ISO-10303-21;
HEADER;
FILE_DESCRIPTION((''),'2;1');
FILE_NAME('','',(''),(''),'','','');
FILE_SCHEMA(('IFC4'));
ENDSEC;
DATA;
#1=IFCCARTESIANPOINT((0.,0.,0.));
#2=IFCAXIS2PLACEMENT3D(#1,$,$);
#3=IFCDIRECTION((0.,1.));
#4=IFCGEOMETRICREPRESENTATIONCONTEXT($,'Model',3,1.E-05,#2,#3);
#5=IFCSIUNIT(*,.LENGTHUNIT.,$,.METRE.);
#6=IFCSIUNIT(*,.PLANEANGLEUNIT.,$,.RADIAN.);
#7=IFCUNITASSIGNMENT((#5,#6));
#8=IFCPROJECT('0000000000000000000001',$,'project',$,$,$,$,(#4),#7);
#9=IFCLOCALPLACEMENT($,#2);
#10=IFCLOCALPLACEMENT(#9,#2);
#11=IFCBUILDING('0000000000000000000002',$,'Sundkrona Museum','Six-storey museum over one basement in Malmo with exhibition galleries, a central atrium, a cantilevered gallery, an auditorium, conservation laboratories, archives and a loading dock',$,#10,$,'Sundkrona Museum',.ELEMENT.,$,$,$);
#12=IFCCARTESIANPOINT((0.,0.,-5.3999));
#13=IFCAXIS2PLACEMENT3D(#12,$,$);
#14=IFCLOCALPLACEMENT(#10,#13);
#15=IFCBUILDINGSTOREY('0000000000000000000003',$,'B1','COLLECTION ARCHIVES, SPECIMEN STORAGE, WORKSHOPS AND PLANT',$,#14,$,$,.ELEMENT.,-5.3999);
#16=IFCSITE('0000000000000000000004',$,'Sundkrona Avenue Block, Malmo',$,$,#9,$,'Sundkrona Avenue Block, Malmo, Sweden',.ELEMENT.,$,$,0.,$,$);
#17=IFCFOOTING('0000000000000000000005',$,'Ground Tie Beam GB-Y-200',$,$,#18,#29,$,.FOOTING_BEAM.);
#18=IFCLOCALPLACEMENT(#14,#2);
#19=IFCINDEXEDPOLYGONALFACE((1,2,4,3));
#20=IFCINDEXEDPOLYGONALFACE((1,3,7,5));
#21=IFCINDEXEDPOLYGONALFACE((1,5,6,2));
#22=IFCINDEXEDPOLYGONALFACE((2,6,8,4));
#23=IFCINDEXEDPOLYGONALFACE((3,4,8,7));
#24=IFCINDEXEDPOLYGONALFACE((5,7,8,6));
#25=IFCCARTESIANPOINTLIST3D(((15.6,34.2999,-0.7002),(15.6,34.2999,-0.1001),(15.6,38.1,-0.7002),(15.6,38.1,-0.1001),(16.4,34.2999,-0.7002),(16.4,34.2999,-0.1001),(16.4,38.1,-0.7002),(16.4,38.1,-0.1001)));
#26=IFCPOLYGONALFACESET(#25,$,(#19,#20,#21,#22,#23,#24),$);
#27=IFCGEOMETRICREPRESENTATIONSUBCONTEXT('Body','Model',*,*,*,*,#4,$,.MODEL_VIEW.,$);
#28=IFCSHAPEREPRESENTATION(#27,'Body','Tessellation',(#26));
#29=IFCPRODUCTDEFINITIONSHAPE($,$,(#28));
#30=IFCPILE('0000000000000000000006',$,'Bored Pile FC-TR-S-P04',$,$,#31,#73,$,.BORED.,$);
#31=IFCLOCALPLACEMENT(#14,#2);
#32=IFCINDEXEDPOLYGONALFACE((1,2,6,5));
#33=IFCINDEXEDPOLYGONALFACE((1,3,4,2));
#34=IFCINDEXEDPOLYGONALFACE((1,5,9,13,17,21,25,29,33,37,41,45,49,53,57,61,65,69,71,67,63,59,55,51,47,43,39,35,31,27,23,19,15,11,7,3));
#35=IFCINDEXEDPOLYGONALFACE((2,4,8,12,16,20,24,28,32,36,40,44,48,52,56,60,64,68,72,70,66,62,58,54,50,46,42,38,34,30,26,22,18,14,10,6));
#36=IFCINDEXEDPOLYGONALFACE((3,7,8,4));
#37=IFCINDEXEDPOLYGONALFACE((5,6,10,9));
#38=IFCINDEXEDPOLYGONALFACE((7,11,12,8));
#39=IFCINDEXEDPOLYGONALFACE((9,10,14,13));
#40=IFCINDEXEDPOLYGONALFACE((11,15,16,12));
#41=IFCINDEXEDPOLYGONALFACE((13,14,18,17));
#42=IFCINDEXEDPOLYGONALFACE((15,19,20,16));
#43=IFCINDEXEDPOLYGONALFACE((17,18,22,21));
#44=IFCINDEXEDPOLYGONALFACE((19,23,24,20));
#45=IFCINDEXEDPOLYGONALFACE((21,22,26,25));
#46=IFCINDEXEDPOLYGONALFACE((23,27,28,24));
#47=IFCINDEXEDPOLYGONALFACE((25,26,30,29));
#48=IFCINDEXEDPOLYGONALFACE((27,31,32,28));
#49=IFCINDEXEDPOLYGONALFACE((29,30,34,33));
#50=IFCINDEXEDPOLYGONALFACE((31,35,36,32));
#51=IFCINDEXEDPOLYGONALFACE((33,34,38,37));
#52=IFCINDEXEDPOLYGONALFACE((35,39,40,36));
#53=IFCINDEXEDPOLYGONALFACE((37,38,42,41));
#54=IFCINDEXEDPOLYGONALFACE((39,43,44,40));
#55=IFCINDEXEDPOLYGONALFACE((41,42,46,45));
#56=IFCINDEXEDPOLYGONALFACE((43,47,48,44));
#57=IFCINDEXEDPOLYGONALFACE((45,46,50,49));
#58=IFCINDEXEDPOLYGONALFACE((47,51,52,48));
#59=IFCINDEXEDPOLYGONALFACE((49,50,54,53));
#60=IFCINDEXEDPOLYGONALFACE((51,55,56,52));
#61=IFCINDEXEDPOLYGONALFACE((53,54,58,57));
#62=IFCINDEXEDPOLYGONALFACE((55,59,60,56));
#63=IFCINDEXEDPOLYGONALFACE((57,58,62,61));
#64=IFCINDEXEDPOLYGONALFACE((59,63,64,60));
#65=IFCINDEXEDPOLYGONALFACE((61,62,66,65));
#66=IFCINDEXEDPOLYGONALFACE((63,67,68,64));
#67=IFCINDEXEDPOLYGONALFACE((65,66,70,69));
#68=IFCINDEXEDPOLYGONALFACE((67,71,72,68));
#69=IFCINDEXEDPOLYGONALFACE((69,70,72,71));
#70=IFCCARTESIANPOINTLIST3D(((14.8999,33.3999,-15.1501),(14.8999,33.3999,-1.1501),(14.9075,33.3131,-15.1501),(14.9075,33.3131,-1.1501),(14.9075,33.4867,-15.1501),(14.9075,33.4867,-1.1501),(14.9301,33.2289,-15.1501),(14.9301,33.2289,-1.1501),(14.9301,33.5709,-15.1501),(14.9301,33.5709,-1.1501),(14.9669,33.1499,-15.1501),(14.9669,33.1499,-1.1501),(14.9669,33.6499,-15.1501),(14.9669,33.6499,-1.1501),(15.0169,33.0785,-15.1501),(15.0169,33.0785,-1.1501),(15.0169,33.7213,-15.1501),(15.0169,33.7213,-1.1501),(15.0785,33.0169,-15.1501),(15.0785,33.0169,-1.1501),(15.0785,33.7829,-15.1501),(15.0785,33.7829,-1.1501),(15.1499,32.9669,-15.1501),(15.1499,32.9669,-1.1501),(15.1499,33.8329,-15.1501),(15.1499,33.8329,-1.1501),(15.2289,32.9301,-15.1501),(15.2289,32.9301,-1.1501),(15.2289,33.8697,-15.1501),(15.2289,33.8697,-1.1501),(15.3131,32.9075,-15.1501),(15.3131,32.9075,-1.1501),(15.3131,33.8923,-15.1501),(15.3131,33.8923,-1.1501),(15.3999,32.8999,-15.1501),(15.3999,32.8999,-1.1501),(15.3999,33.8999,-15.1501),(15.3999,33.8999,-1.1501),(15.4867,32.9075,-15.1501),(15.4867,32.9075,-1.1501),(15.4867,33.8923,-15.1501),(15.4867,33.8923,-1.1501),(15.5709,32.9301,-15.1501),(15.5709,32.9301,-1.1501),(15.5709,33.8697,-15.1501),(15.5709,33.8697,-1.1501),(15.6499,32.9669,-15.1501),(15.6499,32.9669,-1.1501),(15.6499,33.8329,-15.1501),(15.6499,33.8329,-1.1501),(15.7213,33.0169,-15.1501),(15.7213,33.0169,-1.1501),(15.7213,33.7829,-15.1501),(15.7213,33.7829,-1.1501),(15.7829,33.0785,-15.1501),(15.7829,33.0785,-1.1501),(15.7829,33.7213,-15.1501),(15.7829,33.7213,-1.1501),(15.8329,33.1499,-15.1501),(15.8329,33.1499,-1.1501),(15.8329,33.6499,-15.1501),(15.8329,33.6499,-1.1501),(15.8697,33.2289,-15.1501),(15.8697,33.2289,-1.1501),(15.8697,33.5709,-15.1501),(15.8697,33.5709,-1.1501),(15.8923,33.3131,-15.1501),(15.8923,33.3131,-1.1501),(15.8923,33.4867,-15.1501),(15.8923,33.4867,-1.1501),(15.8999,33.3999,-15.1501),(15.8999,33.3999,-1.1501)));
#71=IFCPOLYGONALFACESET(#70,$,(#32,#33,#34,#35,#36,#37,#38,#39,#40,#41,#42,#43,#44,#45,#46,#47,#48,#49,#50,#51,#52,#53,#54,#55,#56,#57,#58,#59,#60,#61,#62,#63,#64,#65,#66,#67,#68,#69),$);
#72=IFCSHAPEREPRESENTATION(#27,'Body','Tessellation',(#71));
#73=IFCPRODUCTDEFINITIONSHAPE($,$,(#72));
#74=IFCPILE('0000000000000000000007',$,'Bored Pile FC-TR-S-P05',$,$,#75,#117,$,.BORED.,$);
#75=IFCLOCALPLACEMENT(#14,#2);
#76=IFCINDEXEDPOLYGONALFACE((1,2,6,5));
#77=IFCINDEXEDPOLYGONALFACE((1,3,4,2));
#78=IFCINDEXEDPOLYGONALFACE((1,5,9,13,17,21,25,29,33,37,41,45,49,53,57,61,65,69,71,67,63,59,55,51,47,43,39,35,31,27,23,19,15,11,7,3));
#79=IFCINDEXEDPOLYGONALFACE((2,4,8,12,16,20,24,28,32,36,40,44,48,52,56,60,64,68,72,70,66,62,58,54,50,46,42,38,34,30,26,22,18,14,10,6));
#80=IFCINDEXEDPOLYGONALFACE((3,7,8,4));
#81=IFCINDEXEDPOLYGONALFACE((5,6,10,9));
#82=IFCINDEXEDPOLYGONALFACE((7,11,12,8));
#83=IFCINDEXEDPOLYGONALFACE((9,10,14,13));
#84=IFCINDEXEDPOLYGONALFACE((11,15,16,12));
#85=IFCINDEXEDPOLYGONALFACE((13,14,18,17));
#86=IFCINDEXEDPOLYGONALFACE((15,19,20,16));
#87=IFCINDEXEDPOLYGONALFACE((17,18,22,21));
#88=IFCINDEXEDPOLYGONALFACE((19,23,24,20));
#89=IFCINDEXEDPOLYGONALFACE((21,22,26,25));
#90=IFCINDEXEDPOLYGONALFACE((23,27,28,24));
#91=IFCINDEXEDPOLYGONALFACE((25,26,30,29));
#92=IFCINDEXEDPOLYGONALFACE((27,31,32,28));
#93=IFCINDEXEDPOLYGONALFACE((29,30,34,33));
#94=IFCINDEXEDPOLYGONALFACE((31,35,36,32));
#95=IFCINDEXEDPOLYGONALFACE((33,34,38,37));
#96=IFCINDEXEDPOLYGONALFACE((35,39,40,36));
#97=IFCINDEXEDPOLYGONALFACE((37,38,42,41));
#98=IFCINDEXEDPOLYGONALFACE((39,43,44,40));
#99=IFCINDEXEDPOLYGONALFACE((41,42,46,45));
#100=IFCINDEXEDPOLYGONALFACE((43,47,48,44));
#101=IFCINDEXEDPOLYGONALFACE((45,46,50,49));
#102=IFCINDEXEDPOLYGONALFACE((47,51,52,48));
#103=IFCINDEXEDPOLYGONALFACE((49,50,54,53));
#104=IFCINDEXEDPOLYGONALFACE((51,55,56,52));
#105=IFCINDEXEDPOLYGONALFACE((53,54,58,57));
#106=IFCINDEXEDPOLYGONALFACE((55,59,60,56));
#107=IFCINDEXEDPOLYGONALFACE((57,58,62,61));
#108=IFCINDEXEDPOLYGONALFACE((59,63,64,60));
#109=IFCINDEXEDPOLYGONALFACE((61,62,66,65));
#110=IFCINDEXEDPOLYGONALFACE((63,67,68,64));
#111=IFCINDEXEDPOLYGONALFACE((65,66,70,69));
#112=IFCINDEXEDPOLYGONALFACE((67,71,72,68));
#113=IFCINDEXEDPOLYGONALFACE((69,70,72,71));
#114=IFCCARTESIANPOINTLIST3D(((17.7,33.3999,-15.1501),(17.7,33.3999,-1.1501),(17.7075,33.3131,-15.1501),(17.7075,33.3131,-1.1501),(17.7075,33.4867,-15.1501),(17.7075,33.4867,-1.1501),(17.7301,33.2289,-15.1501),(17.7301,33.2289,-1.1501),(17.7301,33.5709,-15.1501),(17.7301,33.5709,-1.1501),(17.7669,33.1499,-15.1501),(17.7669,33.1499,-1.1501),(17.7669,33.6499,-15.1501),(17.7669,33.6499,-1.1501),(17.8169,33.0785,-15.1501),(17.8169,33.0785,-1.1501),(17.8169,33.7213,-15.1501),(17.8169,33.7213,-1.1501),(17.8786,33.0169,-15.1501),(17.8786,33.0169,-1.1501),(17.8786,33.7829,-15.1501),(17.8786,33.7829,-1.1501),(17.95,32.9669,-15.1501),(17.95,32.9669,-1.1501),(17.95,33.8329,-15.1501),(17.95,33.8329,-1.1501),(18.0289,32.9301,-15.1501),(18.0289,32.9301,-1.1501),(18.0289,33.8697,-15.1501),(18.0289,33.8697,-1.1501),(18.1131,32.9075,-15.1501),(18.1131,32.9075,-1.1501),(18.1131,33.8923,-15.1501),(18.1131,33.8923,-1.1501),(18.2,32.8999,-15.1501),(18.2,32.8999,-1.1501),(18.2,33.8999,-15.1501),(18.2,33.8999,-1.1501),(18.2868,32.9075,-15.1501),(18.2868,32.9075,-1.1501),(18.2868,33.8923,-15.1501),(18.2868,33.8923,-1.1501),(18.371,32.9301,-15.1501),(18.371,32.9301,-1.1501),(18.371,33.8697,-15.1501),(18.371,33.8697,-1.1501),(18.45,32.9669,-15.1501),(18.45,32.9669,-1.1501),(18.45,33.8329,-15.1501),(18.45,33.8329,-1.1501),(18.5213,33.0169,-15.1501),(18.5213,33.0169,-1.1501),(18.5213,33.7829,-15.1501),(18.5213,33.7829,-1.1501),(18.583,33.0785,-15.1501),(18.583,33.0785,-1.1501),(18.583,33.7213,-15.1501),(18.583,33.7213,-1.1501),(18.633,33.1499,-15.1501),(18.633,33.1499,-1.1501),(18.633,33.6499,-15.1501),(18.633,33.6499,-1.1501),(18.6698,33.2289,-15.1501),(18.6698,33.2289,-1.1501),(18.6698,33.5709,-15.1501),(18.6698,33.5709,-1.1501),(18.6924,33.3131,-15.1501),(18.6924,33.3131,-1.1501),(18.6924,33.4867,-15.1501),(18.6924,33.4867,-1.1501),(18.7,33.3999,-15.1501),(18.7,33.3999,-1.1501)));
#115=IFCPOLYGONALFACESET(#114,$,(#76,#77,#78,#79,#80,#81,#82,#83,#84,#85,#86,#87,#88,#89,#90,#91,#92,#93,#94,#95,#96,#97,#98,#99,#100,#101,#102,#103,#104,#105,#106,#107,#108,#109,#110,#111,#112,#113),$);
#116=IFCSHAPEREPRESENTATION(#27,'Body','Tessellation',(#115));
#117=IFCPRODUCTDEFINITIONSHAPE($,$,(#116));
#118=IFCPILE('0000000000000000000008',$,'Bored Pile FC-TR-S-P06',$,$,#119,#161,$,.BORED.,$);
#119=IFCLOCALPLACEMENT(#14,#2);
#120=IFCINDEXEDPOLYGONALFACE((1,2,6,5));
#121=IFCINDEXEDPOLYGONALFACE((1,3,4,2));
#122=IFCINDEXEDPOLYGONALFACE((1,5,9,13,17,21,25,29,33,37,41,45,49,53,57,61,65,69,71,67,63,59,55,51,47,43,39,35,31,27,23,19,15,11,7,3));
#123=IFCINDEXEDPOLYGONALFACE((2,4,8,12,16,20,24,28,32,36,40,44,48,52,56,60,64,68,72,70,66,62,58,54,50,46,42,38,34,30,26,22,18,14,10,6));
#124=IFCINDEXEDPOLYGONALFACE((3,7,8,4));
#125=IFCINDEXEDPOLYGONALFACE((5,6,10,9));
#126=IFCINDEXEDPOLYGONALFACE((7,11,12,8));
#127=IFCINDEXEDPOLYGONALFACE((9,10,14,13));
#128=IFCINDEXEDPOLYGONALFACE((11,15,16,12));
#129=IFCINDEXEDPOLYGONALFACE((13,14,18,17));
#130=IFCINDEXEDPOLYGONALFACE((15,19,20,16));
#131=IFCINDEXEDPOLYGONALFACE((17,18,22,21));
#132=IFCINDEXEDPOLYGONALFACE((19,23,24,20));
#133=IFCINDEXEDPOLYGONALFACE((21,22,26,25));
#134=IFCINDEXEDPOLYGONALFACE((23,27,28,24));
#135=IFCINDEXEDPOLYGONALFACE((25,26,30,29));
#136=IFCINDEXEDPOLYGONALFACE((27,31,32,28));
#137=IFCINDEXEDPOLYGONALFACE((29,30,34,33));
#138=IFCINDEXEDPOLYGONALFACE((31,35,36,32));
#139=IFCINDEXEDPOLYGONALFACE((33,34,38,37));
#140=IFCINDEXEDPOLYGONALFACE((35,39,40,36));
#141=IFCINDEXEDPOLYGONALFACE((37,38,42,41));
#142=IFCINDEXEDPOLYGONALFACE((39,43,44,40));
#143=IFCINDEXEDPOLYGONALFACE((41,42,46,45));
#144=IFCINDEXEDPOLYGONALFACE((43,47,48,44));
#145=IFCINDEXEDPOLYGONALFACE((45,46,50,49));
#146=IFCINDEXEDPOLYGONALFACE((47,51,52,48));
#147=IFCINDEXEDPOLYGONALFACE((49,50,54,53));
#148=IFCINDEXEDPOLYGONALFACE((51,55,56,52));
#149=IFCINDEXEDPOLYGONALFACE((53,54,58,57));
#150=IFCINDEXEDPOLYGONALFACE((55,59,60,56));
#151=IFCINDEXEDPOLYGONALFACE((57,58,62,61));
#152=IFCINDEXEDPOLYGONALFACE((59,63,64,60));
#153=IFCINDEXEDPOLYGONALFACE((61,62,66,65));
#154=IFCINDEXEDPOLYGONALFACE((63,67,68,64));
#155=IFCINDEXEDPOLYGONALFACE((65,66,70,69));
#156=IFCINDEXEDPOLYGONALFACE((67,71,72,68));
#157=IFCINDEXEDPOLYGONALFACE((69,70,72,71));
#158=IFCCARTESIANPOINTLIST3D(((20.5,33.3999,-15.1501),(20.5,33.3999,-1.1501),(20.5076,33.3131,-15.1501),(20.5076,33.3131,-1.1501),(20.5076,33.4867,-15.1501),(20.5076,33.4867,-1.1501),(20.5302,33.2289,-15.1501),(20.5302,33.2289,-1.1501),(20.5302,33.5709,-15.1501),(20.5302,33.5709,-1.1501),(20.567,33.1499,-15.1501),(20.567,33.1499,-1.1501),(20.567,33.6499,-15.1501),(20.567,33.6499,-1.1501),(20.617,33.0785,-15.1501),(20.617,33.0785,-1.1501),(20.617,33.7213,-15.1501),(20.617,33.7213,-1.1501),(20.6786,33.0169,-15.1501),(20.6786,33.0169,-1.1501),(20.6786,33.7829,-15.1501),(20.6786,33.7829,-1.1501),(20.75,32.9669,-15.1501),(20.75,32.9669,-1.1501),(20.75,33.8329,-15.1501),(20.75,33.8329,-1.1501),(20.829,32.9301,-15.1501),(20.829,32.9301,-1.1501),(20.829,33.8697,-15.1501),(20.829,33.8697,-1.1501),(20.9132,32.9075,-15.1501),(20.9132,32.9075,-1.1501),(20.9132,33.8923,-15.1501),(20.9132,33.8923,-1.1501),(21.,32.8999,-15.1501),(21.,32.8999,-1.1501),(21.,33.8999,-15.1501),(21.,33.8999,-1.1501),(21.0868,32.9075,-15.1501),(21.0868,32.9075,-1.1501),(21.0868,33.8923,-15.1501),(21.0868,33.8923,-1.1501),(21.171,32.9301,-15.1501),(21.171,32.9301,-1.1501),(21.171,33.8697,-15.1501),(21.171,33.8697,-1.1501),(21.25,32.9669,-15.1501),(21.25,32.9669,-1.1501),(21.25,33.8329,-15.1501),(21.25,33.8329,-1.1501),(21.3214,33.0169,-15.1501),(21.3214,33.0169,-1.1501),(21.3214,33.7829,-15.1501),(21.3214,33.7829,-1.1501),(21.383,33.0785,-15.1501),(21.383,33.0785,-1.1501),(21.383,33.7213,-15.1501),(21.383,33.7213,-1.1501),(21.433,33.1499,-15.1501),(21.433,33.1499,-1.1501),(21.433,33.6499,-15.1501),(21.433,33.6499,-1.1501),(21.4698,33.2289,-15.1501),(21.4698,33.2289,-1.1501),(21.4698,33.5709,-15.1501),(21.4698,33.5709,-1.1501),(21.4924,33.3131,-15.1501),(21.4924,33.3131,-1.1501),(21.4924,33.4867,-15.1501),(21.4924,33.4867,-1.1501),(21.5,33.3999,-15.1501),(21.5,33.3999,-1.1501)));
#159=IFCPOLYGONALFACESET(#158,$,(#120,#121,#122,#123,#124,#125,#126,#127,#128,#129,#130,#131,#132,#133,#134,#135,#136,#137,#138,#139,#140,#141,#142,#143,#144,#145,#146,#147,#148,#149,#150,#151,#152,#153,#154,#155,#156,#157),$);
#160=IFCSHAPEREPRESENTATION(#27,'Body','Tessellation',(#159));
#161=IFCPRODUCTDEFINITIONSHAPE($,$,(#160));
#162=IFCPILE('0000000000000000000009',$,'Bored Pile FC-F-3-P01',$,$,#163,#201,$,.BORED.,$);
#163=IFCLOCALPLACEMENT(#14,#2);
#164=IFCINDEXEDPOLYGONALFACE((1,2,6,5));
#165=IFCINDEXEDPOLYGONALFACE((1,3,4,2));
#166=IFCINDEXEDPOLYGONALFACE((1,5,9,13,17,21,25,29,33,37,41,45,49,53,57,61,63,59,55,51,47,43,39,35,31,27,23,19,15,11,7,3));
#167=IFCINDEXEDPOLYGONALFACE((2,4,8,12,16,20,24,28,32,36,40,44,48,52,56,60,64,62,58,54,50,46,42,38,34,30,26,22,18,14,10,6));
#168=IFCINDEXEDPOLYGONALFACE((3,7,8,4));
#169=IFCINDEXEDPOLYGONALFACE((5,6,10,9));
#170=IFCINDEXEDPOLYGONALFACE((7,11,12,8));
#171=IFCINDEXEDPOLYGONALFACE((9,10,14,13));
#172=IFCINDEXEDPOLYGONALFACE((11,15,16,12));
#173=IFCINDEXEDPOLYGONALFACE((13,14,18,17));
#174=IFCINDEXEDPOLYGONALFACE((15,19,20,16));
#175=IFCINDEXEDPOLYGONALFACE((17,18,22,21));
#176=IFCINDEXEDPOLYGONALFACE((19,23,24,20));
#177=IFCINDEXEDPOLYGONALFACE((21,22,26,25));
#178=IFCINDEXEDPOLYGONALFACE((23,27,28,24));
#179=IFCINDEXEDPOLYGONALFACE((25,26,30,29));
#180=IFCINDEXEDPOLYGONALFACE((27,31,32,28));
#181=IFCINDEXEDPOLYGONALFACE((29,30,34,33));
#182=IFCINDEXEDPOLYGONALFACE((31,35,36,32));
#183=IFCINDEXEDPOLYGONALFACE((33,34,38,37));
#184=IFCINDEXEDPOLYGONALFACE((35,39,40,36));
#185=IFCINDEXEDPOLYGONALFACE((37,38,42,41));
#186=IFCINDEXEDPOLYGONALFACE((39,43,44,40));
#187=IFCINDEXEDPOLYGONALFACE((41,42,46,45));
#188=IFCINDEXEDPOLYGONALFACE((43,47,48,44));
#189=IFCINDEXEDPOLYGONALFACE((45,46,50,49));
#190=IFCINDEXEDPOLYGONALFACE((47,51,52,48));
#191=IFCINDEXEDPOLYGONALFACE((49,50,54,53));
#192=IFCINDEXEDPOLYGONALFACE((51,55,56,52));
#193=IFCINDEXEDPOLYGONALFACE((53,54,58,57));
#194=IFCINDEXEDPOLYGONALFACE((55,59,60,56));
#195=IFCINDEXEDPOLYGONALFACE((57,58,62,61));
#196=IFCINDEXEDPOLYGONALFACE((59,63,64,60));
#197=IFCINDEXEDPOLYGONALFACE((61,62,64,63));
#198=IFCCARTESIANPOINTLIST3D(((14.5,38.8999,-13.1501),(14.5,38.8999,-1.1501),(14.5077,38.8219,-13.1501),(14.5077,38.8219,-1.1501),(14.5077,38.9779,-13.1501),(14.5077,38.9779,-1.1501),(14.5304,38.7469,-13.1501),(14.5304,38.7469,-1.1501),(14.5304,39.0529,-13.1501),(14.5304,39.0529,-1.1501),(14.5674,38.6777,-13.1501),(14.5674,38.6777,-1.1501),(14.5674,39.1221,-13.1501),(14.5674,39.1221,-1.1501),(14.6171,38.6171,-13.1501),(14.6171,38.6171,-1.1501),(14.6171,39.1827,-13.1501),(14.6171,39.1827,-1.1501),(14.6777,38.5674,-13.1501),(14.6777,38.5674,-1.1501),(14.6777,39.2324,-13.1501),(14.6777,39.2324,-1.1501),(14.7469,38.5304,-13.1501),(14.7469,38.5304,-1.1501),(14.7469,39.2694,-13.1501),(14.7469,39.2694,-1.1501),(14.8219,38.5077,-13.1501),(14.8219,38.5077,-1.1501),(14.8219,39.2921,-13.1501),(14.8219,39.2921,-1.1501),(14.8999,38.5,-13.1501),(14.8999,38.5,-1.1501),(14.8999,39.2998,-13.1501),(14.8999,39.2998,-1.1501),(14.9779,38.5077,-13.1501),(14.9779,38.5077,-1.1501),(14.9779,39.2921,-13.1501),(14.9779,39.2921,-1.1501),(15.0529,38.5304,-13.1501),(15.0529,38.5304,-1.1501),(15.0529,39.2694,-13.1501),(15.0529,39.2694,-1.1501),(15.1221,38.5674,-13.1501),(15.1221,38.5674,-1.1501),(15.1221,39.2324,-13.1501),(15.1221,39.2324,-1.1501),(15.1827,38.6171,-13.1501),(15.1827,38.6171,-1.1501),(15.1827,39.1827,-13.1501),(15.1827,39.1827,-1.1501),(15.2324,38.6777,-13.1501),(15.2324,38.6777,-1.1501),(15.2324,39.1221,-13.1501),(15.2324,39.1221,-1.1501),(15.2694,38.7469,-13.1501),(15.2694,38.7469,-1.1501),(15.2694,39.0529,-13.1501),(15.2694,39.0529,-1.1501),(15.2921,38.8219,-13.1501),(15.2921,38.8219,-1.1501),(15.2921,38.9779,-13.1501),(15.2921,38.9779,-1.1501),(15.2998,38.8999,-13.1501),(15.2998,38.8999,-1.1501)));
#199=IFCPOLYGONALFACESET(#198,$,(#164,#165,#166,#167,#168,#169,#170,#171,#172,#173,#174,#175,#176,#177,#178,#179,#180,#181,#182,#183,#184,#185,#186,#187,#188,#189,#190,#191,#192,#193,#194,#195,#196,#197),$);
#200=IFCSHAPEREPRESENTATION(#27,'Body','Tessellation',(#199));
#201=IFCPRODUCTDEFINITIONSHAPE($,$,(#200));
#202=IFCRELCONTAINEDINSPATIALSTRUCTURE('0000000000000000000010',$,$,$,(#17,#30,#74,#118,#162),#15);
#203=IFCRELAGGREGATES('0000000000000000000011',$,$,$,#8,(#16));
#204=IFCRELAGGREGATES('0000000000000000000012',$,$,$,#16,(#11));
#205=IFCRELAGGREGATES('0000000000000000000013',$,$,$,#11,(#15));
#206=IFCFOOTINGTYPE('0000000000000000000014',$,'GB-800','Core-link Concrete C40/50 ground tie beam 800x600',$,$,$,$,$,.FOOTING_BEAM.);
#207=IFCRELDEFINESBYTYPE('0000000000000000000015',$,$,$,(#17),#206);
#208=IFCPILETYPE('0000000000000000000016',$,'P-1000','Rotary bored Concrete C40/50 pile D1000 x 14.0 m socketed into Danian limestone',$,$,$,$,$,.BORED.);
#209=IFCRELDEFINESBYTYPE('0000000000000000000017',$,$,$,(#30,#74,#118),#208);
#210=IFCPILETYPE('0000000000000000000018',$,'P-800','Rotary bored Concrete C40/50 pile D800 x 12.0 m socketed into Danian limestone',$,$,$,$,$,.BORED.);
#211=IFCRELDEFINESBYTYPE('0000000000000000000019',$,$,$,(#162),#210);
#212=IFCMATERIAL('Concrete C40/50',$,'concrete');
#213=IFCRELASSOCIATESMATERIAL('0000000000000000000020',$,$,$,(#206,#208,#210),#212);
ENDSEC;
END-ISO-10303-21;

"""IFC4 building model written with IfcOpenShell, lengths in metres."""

from ifc_helpers import new_model, si_unit, direction, frame, origin, origin_2d, place, context, subcontext, project, spatial, rectangle, circle, extrude, material, material_profile, profile_set, type_object, element, save


model = new_model("IFC4")

# Units and contexts
model_context = context("Model", 3, precision=1e-05, world=origin(), true_north=direction((0.0, 1.0)))
body_context = subcontext(model_context, "Body", "Model", "MODEL_VIEW")
ifc_project = project(units=[si_unit("LENGTHUNIT", "METRE"), si_unit("PLANEANGLEUNIT", "RADIAN")], contexts=[model_context])

# Site, building, storey
site_placement = place(None, origin())
site = spatial("IfcSite", under=ifc_project, at=site_placement, Name="Sundkrona Avenue Block, Malmo", LongName="Sundkrona Avenue Block, Malmo, Sweden", CompositionType="ELEMENT", RefElevation=0.0)
building_placement = place(site_placement, origin())
building = spatial("IfcBuilding", under=site, at=building_placement, Name="Sundkrona Museum", Description="Six-storey museum over one basement in Malmo with exhibition galleries, a central atrium, a cantilevered gallery, an auditorium, conservation laboratories, archives and a loading dock", LongName="Sundkrona Museum", CompositionType="ELEMENT")
storey_placement = place(building_placement, frame((0.0, 0.0, -5.3999)))
storey = spatial("IfcBuildingStorey", under=building, at=storey_placement, Name="B1", Description="COLLECTION ARCHIVES, SPECIMEN STORAGE, WORKSHOPS AND PLANT", CompositionType="ELEMENT", Elevation=-5.3999)

# Footing
ifc_material_1 = material(Name="Concrete C40/50", Category="concrete")
footing_type_1 = type_object("IfcFootingType", Name="GB-800", Description="Core-link Concrete C40/50 ground tie beam 800x600", PredefinedType="FOOTING_BEAM", material=ifc_material_1)
footing_1_placement = place(storey_placement, frame((16.0, 36.2, -0.7002), z_axis=(0.0, 0.0, 1.0), x_axis=(0.0, 1.0, 0.0)))
element("IfcFooting", 1, at=footing_1_placement, inside=storey, type_object=footing_type_1, Name="Ground Tie Beam GB-Y-200", PredefinedType="FOOTING_BEAM", context=body_context, shape_type="SweptSolid", body=[
    extrude(rectangle(XDim=3.8, YDim=0.8, at=origin_2d()), origin(), (0.0, 0.0, 1.0), 0.6001),
])

# Piles
ifc_material_profile_1 = material_profile(ifc_material_1, circle(Radius=0.5, at=origin_2d()), Name="PILE D1000")
ifc_profile_set_1 = profile_set([ifc_material_profile_1], Name="Concrete C40/50")
pile_type_1 = type_object("IfcPileType", Name="P-1000", Description="Rotary bored Concrete C40/50 pile D1000 x 14.0 m socketed into Danian limestone", PredefinedType="BORED", material=ifc_profile_set_1)
for number, where, z_axis, x_axis, name in (
    (2, (15.3999, 33.3999, -1.1501), (0.0, 0.0, -1.0), (1.0, 0.0, 0.0), "Bored Pile FC-TR-S-P04"),
    (3, (18.2, 33.3999, -1.1501), (0.0, 0.0, -1.0), (1.0, 0.0, 0.0), "Bored Pile FC-TR-S-P05"),
    (4, (21.0, 33.3999, -1.1501), (0.0, 0.0, -1.0), (1.0, 0.0, 0.0), "Bored Pile FC-TR-S-P06"),
):
    element("IfcPile", number, at=place(storey_placement, frame(where, z_axis=z_axis, x_axis=x_axis)), inside=storey, type_object=pile_type_1, Name=name, PredefinedType="BORED", context=body_context, shape_type="SweptSolid", body=[
        extrude(circle(Radius=0.5, at=origin_2d()), origin(), (0.0, 0.0, 1.0), 14.0),
    ])
ifc_material_profile_2 = material_profile(ifc_material_1, circle(Radius=0.3999, at=origin_2d()), Name="PILE D800")
ifc_profile_set_2 = profile_set([ifc_material_profile_2], Name="Concrete C40/50")
pile_type_2 = type_object("IfcPileType", Name="P-800", Description="Rotary bored Concrete C40/50 pile D800 x 12.0 m socketed into Danian limestone", PredefinedType="BORED", material=ifc_profile_set_2)
for number, where, z_axis, x_axis, name in (
    (5, (14.8999, 38.8999, -1.1501), (0.0, 0.0, -1.0), (1.0, 0.0, 0.0), "Bored Pile FC-F-3-P01"),
):
    element("IfcPile", number, at=place(storey_placement, frame(where, z_axis=z_axis, x_axis=x_axis)), inside=storey, type_object=pile_type_2, Name=name, PredefinedType="BORED", context=body_context, shape_type="SweptSolid", body=[
        extrude(circle(Radius=0.3999, at=origin_2d()), origin(), (0.0, 0.0, 1.0), 12.0),
    ])

save(model, "model.ifc")
